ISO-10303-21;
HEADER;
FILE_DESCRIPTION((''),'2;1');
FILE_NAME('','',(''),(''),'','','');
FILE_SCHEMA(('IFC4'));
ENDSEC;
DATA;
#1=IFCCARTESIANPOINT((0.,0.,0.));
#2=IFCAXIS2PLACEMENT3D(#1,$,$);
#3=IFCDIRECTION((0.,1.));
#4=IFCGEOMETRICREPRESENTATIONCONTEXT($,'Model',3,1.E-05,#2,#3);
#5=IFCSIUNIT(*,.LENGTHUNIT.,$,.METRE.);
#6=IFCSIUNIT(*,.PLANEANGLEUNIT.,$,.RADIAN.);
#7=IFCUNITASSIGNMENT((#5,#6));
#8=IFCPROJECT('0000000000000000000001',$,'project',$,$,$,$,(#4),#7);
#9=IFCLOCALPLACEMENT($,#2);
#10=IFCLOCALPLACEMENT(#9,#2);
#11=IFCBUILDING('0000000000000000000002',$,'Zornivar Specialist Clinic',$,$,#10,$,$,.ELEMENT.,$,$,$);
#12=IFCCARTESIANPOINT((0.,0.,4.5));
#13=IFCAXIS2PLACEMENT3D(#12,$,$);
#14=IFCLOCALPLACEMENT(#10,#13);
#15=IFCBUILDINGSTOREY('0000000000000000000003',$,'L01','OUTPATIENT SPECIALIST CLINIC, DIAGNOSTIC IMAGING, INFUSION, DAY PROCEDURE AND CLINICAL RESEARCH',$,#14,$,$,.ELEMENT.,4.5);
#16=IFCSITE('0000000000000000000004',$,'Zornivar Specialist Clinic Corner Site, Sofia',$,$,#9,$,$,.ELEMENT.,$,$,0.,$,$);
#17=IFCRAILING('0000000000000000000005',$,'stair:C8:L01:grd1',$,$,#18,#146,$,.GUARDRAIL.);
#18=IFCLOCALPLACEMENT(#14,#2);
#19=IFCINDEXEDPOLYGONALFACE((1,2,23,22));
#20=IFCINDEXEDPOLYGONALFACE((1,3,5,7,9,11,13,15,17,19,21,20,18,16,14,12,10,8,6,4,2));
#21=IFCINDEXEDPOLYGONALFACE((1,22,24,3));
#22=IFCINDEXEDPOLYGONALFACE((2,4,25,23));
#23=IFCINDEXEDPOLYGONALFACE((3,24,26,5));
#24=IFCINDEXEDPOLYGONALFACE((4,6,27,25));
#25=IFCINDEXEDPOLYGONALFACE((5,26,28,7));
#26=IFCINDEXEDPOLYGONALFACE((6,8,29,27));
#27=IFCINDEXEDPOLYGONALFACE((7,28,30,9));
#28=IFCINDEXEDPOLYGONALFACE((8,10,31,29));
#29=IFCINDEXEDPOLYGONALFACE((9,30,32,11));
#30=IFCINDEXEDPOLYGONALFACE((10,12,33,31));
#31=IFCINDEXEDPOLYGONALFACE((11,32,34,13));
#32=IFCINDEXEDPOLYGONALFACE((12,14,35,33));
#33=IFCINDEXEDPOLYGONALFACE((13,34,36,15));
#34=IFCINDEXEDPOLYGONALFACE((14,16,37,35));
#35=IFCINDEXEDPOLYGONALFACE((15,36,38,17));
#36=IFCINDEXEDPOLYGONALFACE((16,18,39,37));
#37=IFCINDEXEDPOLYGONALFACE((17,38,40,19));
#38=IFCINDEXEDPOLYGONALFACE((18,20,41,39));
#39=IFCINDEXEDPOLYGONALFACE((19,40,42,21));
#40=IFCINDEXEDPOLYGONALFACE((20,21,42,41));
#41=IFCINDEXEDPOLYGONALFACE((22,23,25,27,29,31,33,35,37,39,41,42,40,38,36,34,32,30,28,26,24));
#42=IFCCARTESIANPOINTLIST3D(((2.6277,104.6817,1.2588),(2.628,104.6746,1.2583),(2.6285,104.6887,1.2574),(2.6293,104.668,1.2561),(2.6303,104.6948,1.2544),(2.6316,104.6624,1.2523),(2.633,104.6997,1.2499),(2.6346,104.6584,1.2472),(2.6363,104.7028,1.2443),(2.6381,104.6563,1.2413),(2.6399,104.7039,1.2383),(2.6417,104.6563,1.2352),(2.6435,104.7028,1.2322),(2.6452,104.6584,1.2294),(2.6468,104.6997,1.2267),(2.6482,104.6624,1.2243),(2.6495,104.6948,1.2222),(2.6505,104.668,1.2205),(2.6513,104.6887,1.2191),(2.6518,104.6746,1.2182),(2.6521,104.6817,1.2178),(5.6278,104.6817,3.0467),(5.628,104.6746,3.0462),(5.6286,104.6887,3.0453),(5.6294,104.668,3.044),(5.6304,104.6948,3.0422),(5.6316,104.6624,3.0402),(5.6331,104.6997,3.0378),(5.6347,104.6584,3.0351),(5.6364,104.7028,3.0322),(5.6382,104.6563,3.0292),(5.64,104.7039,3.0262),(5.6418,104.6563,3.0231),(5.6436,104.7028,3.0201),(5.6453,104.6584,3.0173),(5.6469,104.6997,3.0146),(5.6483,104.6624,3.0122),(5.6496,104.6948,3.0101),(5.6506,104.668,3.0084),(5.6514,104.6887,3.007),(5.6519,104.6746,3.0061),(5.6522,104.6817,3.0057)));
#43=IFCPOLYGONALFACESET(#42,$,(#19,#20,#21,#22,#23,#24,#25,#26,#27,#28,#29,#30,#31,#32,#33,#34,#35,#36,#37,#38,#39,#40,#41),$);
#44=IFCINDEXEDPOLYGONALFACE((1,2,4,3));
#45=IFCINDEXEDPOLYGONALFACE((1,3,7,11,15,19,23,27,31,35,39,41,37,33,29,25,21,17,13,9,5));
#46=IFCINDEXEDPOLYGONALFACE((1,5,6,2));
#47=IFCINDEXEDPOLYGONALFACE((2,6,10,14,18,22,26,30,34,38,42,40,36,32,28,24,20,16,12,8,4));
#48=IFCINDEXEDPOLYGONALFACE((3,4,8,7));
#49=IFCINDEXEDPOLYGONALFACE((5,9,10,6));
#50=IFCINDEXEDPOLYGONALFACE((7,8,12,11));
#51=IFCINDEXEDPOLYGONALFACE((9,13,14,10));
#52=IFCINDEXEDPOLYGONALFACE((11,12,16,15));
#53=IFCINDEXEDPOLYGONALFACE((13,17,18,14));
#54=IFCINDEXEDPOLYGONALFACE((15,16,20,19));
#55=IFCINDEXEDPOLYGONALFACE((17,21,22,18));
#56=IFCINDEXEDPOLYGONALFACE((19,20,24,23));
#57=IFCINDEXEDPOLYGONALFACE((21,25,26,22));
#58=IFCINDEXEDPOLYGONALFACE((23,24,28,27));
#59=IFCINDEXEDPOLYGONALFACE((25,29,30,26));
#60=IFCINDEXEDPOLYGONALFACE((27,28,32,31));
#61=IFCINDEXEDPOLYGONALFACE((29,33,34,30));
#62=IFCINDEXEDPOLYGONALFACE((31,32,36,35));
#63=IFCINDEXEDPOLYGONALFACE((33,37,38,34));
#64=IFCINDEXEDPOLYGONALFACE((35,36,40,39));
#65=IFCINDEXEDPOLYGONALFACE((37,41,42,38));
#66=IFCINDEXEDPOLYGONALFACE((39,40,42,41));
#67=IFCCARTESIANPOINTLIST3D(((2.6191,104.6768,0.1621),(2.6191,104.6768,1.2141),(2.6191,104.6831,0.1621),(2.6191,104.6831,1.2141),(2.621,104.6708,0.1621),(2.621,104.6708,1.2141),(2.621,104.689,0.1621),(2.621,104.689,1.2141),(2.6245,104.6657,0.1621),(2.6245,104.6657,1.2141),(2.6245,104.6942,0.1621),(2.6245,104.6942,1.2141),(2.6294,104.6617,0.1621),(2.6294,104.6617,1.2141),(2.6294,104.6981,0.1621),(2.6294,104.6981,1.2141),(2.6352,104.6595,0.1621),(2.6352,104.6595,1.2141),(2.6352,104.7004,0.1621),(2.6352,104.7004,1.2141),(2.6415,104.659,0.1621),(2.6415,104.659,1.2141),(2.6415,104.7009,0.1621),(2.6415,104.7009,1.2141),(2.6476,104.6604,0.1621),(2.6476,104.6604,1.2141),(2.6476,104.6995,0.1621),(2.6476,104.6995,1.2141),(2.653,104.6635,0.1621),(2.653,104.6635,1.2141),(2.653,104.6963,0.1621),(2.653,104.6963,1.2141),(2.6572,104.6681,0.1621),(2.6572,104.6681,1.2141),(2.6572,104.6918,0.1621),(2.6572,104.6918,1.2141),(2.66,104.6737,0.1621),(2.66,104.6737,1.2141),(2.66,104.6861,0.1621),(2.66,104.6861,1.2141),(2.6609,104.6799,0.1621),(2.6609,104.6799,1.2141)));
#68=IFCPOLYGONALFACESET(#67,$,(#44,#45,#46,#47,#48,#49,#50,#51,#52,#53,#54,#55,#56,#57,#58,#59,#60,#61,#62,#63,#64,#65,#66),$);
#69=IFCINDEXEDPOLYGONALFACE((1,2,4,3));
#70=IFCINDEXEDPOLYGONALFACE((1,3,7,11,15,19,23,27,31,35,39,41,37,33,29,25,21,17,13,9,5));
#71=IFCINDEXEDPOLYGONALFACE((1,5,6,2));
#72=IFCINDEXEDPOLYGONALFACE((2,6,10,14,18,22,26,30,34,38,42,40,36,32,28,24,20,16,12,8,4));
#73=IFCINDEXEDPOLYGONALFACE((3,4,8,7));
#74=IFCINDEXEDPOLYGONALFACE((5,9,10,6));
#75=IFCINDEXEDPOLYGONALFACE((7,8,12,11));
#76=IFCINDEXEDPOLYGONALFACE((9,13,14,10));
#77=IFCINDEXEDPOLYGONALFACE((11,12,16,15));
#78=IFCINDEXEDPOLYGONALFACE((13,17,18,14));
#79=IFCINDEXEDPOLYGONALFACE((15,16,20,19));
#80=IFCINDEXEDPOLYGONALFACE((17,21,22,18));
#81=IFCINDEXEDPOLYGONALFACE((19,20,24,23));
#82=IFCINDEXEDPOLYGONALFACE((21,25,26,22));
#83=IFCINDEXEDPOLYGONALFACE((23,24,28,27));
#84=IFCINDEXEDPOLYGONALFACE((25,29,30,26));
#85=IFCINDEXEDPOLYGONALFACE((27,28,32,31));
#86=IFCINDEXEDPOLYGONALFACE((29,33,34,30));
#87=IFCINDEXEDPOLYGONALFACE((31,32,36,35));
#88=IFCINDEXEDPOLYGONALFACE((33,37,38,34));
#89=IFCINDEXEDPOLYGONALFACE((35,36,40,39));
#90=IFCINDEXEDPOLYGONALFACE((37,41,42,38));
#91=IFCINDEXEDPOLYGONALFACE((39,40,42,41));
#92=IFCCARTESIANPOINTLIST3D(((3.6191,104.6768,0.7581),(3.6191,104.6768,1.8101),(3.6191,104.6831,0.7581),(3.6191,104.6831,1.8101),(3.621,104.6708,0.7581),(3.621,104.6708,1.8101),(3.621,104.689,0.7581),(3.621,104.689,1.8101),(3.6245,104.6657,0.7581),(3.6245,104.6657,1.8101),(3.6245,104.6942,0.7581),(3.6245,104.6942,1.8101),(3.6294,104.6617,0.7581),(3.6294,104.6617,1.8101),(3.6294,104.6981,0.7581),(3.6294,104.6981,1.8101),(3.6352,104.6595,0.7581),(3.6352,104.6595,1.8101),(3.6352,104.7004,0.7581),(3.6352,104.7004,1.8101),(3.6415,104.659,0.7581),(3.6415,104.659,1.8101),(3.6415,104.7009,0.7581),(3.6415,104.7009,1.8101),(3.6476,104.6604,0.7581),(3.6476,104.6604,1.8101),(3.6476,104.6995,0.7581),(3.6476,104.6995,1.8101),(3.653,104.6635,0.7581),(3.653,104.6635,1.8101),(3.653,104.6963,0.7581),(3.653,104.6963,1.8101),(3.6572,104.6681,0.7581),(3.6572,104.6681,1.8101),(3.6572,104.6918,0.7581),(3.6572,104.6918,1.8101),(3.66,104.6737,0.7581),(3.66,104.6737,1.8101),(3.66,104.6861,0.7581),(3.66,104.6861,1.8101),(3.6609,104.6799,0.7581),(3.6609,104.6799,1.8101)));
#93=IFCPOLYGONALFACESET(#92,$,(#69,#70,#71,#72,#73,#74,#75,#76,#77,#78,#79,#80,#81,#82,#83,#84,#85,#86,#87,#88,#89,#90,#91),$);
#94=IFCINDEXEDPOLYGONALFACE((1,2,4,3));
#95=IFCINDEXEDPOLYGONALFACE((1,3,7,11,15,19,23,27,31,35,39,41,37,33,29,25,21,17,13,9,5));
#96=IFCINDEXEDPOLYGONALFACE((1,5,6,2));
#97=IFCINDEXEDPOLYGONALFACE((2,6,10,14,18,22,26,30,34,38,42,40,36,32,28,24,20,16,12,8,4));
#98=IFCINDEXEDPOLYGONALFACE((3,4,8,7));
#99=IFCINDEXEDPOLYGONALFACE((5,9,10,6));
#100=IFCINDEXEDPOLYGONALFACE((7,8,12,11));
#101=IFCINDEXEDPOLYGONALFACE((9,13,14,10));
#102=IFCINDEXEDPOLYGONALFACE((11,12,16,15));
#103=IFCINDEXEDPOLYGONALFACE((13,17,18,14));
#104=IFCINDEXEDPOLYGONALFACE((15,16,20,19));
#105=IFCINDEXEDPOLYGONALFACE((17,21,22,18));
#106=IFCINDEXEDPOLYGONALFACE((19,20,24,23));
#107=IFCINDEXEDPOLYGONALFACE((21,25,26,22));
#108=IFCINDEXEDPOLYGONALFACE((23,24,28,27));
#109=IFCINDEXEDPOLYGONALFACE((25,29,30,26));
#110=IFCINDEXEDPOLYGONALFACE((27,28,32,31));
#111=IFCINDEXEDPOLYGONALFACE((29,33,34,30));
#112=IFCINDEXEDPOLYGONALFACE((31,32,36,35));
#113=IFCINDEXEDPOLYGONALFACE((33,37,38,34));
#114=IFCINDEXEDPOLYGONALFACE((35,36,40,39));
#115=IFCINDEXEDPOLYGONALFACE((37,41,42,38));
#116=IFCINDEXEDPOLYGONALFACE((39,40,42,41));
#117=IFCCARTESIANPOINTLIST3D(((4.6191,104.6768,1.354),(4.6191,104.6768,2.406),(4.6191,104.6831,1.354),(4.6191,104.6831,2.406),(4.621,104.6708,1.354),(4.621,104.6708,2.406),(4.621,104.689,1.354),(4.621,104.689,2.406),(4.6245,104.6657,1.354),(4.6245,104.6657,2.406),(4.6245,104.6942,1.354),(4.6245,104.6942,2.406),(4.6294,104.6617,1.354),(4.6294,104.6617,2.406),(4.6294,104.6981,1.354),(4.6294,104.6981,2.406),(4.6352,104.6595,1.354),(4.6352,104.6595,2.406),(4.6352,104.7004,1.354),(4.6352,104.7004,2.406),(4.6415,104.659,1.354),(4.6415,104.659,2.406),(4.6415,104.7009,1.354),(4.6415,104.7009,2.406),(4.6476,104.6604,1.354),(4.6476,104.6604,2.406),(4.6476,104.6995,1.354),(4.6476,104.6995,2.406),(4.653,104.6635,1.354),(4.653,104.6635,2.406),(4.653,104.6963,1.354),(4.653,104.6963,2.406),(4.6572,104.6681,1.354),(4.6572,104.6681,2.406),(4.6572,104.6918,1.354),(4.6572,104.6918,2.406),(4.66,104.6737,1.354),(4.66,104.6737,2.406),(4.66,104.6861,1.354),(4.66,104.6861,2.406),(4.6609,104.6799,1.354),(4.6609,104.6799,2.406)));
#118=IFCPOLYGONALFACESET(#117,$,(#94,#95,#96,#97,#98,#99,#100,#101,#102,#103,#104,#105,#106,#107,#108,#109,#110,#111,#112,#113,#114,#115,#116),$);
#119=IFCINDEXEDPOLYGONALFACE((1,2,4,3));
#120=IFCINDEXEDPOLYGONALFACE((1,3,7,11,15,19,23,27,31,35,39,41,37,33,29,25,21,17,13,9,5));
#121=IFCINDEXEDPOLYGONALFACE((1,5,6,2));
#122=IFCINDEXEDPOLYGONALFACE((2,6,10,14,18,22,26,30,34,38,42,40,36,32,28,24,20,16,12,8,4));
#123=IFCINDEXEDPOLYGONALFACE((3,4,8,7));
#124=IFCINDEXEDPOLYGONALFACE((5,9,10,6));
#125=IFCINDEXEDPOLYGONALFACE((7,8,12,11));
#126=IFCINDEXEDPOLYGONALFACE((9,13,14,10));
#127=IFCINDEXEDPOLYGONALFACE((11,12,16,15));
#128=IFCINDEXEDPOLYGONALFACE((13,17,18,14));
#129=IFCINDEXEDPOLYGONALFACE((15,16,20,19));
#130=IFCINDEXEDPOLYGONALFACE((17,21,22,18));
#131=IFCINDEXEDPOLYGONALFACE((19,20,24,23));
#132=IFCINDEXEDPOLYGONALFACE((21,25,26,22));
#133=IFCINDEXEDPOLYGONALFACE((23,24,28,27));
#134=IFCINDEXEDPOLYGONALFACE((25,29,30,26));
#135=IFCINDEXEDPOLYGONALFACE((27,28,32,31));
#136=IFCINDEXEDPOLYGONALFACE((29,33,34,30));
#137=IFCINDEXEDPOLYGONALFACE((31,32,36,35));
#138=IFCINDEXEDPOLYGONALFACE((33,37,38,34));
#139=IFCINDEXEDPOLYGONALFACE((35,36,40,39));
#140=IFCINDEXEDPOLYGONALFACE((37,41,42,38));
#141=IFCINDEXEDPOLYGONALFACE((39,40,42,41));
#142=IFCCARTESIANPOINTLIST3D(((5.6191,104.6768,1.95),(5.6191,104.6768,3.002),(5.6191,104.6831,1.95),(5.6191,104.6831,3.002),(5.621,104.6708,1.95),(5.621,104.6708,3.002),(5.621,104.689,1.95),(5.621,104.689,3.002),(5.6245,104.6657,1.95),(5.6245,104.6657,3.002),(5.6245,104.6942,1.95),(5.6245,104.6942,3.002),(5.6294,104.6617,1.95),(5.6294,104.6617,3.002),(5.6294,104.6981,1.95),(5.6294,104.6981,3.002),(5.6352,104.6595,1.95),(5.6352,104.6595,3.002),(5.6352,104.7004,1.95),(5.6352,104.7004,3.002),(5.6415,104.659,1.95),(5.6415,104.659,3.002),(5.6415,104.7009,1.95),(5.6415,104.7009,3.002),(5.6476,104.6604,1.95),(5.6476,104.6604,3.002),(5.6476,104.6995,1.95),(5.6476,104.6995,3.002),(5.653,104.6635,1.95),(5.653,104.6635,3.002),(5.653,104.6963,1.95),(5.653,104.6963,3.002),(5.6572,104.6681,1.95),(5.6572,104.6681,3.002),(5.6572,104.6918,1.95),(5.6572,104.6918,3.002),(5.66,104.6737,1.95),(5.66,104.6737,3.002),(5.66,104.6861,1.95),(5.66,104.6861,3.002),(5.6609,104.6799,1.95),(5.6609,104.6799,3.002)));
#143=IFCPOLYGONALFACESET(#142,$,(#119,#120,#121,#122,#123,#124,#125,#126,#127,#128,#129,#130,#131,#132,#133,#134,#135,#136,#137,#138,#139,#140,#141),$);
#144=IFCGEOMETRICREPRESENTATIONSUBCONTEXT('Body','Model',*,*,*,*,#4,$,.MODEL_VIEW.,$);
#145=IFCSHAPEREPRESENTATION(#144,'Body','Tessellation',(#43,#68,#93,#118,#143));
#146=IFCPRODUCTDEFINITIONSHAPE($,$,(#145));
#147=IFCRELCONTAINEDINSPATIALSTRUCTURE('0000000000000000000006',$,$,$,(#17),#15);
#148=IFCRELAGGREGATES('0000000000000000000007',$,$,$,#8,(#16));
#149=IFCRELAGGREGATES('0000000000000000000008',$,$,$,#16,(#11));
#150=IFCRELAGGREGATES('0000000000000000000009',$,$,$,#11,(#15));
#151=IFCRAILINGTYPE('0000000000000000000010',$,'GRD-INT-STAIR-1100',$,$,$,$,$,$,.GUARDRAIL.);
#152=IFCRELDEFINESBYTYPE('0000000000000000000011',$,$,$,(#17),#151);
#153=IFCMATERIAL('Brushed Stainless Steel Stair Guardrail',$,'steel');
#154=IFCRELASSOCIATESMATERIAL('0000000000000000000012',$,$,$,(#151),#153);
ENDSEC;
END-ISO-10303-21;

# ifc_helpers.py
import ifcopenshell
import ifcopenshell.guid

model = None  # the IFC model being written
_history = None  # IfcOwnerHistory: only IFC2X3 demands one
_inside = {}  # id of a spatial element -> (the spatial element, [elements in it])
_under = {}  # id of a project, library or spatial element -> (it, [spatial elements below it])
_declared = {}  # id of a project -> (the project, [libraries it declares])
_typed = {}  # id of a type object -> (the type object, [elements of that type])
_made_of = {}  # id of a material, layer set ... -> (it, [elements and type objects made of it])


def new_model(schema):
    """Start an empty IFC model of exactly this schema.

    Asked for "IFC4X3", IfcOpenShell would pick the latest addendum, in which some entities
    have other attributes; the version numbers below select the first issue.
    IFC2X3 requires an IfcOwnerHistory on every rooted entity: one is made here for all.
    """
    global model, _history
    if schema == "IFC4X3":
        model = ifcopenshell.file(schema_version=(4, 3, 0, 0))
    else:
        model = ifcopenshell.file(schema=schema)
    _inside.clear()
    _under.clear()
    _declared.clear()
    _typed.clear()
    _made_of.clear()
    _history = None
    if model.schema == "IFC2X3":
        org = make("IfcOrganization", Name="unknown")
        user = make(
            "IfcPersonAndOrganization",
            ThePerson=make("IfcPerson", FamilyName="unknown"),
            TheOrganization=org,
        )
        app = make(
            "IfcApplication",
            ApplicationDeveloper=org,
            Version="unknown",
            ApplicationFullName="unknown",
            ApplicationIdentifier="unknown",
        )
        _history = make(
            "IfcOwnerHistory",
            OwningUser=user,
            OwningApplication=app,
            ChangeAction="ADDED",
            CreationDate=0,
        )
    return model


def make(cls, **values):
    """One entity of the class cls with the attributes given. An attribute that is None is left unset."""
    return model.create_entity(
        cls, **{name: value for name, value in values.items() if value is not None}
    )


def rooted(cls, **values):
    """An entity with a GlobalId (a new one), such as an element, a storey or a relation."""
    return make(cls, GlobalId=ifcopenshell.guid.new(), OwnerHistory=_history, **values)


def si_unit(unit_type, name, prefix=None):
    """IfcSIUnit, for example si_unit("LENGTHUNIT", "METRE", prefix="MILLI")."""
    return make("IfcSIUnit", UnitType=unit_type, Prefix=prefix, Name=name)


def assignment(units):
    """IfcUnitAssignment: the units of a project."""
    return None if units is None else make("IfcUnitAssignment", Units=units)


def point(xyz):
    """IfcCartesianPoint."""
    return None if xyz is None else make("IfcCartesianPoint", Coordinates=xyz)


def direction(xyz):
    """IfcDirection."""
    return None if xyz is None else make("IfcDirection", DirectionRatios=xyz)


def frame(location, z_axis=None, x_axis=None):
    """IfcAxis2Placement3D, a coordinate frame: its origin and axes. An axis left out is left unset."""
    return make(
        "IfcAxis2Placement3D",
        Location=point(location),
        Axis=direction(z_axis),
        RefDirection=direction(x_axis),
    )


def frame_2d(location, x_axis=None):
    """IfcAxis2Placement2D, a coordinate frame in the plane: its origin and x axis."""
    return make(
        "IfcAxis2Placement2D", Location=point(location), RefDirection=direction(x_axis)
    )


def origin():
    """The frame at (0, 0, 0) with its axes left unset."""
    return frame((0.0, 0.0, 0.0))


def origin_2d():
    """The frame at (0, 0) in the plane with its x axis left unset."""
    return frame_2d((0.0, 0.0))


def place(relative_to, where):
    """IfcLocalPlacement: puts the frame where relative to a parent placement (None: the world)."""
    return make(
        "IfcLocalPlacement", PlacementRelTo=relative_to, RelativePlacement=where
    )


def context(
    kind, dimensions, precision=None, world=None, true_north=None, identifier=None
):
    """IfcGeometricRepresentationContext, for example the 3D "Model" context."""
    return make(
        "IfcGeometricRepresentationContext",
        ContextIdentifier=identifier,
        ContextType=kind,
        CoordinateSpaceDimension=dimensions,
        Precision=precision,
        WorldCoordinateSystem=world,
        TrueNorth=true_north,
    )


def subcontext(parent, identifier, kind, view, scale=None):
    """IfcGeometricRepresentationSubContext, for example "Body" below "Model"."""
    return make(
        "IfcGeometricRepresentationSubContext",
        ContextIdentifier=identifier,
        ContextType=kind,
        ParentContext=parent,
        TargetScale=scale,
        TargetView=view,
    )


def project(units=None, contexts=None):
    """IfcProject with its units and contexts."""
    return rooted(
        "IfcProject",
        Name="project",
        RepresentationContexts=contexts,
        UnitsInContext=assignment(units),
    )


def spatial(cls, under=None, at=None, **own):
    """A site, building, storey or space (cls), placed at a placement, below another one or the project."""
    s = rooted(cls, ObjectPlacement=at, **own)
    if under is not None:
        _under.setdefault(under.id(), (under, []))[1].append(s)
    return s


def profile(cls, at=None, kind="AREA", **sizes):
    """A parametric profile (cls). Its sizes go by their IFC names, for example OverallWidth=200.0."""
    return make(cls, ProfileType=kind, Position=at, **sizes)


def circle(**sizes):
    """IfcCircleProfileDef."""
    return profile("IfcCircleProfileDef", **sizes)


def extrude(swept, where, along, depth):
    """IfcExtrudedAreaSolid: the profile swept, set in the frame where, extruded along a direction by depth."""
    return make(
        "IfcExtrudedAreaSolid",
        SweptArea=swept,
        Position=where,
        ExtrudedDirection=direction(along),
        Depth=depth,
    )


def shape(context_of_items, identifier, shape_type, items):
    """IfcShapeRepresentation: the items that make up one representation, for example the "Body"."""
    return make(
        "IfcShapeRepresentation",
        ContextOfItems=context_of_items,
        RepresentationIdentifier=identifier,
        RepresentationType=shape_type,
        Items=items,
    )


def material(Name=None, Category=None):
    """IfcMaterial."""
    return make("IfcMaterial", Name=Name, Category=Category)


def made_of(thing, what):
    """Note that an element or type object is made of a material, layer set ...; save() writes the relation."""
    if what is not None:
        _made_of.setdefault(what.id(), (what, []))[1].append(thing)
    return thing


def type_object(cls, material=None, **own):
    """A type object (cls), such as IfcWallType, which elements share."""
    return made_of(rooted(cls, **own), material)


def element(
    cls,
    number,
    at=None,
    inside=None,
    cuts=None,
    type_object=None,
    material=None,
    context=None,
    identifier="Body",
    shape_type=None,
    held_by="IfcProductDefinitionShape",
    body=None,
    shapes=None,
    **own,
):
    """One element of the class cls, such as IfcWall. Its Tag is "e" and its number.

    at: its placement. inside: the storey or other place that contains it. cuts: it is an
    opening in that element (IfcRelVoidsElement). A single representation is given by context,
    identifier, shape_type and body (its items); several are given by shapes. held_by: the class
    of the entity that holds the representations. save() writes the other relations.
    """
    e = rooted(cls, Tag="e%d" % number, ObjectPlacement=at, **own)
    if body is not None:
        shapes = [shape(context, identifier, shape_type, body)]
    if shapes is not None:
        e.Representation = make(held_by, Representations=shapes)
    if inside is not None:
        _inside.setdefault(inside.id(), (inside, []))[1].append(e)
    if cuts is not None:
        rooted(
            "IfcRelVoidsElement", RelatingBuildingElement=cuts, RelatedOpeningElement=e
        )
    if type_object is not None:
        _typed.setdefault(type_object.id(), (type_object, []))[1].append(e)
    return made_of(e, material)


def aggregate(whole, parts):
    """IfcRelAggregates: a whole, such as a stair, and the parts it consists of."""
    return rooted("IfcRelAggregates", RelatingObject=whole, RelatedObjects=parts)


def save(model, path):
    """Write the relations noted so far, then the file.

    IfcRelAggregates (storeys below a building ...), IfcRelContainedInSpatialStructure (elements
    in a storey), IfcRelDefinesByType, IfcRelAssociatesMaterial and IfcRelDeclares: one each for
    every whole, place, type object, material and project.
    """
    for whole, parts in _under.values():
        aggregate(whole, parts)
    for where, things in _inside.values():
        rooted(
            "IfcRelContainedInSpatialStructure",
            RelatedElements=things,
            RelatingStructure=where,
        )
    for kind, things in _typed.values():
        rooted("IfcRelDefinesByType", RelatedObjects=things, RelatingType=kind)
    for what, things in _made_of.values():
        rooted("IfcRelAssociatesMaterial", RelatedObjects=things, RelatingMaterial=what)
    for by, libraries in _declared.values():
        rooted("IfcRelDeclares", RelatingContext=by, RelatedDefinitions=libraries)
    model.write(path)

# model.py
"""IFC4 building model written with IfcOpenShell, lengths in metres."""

from ifc_helpers import new_model, si_unit, direction, frame, origin, origin_2d, place, context, subcontext, project, spatial, circle, extrude, material, type_object, element, save


model = new_model("IFC4")

# Units and contexts
model_context = context("Model", 3, precision=1e-05, world=origin(), true_north=direction((0.0, 1.0)))
body_context = subcontext(model_context, "Body", "Model", "MODEL_VIEW")
ifc_project = project(units=[si_unit("LENGTHUNIT", "METRE"), si_unit("PLANEANGLEUNIT", "RADIAN")], contexts=[model_context])

# Site, building, storey
site_placement = place(None, origin())
site = spatial("IfcSite", under=ifc_project, at=site_placement, Name="Zornivar Specialist Clinic Corner Site, Sofia", CompositionType="ELEMENT", RefElevation=0.0)
building_placement = place(site_placement, origin())
building = spatial("IfcBuilding", under=site, at=building_placement, Name="Zornivar Specialist Clinic", CompositionType="ELEMENT")
storey_placement = place(building_placement, frame((0.0, 0.0, 4.5)))
storey = spatial("IfcBuildingStorey", under=building, at=storey_placement, Name="L01", Description="OUTPATIENT SPECIALIST CLINIC, DIAGNOSTIC IMAGING, INFUSION, DAY PROCEDURE AND CLINICAL RESEARCH", CompositionType="ELEMENT", Elevation=4.5)

# Railing
ifc_material_1 = material(Name="Brushed Stainless Steel Stair Guardrail", Category="steel")
railing_type_1 = type_object("IfcRailingType", Name="GRD-INT-STAIR-1100", PredefinedType="GUARDRAIL", material=ifc_material_1)
railing_1_placement = place(storey_placement, frame((2.6399, 104.6799, 0.1621)))
element("IfcRailing", 1, at=railing_1_placement, inside=storey, type_object=railing_type_1, Name="stair:C8:L01:grd1", PredefinedType="GUARDRAIL", context=body_context, shape_type="SweptSolid", body=[
    extrude(circle(Radius=0.0239, at=origin_2d()), frame((0.0, 0.0, 1.0762), z_axis=(0.859025, 0.0, 0.511934), x_axis=(0.0, 1.0, 0.0)), (0.0, 0.0, 1.0), 3.4924),
    extrude(circle(Radius=0.021, at=origin_2d()), origin(), (0.0, 0.0, 1.0), 1.052),
    extrude(circle(Radius=0.021, at=origin_2d()), frame((1.0, 0.0, 0.5959)), (0.0, 0.0, 1.0), 1.052),
    extrude(circle(Radius=0.021, at=origin_2d()), frame((2.0, 0.0, 1.1919)), (0.0, 0.0, 1.0), 1.052),
    extrude(circle(Radius=0.021, at=origin_2d()), frame((3.0, 0.0, 1.7878)), (0.0, 0.0, 1.0), 1.052),
])

save(model, "model.ifc")
